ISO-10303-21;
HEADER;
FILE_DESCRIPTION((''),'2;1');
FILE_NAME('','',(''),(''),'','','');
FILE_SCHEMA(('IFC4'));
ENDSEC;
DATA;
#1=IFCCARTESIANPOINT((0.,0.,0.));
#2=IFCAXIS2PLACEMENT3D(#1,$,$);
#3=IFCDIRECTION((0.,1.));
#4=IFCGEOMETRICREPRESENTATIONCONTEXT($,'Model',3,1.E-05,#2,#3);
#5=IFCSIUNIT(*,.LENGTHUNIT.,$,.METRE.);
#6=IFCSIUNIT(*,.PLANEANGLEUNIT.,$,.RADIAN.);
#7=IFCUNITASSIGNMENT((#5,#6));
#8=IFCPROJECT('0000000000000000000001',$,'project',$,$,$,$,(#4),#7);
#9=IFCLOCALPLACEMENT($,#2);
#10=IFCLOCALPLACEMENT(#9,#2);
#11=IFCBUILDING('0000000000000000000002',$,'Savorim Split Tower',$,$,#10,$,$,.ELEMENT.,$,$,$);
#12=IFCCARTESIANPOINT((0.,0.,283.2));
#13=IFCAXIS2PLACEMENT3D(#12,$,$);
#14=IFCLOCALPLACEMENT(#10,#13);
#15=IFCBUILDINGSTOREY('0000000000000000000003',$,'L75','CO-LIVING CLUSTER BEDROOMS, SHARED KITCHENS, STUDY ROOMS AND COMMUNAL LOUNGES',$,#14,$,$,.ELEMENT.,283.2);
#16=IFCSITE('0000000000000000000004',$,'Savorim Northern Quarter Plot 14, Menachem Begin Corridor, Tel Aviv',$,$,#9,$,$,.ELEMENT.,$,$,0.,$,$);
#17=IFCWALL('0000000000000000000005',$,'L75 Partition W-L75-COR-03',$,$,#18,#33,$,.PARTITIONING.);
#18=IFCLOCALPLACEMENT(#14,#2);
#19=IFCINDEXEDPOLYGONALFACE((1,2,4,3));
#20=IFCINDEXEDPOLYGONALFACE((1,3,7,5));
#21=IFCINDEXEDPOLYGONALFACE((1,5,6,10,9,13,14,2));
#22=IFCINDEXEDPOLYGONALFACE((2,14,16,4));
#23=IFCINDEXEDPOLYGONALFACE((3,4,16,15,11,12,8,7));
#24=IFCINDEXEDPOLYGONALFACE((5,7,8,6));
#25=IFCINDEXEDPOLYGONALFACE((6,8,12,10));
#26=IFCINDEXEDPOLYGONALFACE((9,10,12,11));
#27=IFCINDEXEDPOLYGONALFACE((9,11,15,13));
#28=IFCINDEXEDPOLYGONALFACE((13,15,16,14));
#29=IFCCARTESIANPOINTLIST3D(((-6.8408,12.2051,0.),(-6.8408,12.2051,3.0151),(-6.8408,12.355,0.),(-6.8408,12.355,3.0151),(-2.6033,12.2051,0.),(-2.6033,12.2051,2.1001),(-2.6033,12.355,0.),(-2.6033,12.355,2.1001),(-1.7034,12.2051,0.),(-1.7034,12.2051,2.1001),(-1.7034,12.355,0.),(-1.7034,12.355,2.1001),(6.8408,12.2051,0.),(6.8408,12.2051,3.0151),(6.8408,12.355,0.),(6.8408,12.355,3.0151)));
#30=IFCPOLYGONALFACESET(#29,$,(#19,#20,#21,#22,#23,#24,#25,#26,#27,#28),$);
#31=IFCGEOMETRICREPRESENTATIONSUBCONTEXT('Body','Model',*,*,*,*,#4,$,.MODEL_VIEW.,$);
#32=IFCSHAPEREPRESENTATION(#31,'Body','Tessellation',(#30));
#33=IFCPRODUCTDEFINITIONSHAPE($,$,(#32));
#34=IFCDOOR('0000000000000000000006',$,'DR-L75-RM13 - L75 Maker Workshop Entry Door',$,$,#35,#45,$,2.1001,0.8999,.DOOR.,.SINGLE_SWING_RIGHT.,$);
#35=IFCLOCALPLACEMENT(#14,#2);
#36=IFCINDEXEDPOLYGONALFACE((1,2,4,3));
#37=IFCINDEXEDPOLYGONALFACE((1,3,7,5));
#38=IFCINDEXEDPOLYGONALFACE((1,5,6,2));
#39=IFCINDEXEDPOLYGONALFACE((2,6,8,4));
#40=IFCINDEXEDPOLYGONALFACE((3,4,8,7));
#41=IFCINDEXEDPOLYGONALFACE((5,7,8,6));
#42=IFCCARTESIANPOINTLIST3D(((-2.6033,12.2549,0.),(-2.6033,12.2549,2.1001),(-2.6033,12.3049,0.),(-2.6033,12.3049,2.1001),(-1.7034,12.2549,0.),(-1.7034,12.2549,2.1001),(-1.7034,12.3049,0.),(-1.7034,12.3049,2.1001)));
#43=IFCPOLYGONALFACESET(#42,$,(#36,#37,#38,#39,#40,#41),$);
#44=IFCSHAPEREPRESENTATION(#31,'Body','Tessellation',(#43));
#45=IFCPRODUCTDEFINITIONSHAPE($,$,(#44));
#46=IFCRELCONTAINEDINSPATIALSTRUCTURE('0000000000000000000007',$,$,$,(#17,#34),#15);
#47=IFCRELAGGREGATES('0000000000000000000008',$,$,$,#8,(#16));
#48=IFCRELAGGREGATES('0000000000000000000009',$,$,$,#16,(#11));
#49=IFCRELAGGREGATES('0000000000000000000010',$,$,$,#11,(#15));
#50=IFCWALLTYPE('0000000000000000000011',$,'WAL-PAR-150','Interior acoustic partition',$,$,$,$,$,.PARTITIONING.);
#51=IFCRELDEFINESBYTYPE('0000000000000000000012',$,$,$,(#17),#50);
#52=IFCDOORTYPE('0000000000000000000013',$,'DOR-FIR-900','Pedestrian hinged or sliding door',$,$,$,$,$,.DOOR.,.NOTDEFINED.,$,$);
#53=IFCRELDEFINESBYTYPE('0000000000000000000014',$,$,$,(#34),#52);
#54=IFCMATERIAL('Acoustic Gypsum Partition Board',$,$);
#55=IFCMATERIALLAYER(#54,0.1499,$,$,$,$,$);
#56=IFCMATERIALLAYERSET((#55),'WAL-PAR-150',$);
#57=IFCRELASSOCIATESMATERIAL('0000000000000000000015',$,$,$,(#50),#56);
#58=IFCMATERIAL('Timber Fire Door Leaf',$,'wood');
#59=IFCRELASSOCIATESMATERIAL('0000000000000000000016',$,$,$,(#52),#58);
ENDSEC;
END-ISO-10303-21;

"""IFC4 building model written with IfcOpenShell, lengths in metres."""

from ifc_helpers import new_model, si_unit, direction, frame, frame_2d, origin, place, context, subcontext, project, spatial, rectangle, extrude, material, layer, layer_set, type_object, element, fill, save


model = new_model("IFC4")

# Units and contexts
model_context = context("Model", 3, precision=1e-05, world=origin(), true_north=direction((0.0, 1.0)))
body_context = subcontext(model_context, "Body", "Model", "MODEL_VIEW")
ifc_project = project(units=[si_unit("LENGTHUNIT", "METRE"), si_unit("PLANEANGLEUNIT", "RADIAN")], contexts=[model_context])

# Site, building, storey
site_placement = place(None, origin())
site = spatial("IfcSite", under=ifc_project, at=site_placement, Name="Savorim Northern Quarter Plot 14, Menachem Begin Corridor, Tel Aviv", CompositionType="ELEMENT", RefElevation=0.0)
building_placement = place(site_placement, origin())
building = spatial("IfcBuilding", under=site, at=building_placement, Name="Savorim Split Tower", CompositionType="ELEMENT")
storey_placement = place(building_placement, frame((0.0, 0.0, 283.2)))
storey = spatial("IfcBuildingStorey", under=building, at=storey_placement, Name="L75", Description="CO-LIVING CLUSTER BEDROOMS, SHARED KITCHENS, STUDY ROOMS AND COMMUNAL LOUNGES", CompositionType="ELEMENT", Elevation=283.2)

# Shared definitions
ifc_material_1 = material(Name="Acoustic Gypsum Partition Board")
ifc_layer_1 = layer(ifc_material_1, 0.1499)
ifc_layer_set_1 = layer_set([ifc_layer_1], Name="WAL-PAR-150")
wall_type_1 = type_object("IfcWallType", Name="WAL-PAR-150", Description="Interior acoustic partition", PredefinedType="PARTITIONING", material=ifc_layer_set_1)

# Wall, opening, door
wall_1_placement = place(storey_placement, frame((-6.8408, 12.28, 0.0), z_axis=(0.0, 0.0, 1.0), x_axis=(1.0, 0.0, 0.0)))
wall_1 = element("IfcWall", 1, at=wall_1_placement, inside=storey, type_object=wall_type_1, Name="L75 Partition W-L75-COR-03", PredefinedType="PARTITIONING", context=body_context, shape_type="SweptSolid", body=[
    extrude(rectangle(XDim=13.6816, YDim=0.1499, at=frame_2d((6.8408, 0.0))), origin(), (0.0, 0.0, 1.0), 3.0151),
])
opening_1_placement = place(wall_1_placement, frame((4.2375, 0.0, 0.0)))
opening_1 = element("IfcOpeningElement", 2, at=opening_1_placement, cuts=wall_1, PredefinedType="OPENING", context=body_context, shape_type="SweptSolid", body=[
    extrude(rectangle(XDim=0.8999, YDim=2.1001, at=frame_2d((0.45, 1.05))), frame((0.0, 0.085, 0.0), z_axis=(0.0, -1.0, 0.0), x_axis=(1.0, 0.0, 0.0)), (0.0, 0.0, 1.0), 0.1699),
])
ifc_material_2 = material(Name="Timber Fire Door Leaf", Category="wood")
door_type_1 = type_object("IfcDoorType", Name="DOR-FIR-900", Description="Pedestrian hinged or sliding door", OperationType="NOTDEFINED", PredefinedType="DOOR", material=ifc_material_2)
door_1_placement = place(opening_1_placement, origin())
door_1 = element("IfcDoor", 3, at=door_1_placement, inside=storey, type_object=door_type_1, Name="DR-L75-RM13 - L75 Maker Workshop Entry Door", OperationType="SINGLE_SWING_RIGHT", OverallHeight=2.1001, OverallWidth=0.8999, PredefinedType="DOOR", context=body_context, shape_type="SweptSolid", body=[
    extrude(rectangle(XDim=0.8999, YDim=2.1001, at=frame_2d((0.45, 1.05))), frame((0.0, 0.0249, 0.0), z_axis=(0.0, -1.0, 0.0), x_axis=(1.0, 0.0, 0.0)), (0.0, 0.0, 1.0), 0.05),
])
fill(opening_1, door_1)

save(model, "model.ifc")
